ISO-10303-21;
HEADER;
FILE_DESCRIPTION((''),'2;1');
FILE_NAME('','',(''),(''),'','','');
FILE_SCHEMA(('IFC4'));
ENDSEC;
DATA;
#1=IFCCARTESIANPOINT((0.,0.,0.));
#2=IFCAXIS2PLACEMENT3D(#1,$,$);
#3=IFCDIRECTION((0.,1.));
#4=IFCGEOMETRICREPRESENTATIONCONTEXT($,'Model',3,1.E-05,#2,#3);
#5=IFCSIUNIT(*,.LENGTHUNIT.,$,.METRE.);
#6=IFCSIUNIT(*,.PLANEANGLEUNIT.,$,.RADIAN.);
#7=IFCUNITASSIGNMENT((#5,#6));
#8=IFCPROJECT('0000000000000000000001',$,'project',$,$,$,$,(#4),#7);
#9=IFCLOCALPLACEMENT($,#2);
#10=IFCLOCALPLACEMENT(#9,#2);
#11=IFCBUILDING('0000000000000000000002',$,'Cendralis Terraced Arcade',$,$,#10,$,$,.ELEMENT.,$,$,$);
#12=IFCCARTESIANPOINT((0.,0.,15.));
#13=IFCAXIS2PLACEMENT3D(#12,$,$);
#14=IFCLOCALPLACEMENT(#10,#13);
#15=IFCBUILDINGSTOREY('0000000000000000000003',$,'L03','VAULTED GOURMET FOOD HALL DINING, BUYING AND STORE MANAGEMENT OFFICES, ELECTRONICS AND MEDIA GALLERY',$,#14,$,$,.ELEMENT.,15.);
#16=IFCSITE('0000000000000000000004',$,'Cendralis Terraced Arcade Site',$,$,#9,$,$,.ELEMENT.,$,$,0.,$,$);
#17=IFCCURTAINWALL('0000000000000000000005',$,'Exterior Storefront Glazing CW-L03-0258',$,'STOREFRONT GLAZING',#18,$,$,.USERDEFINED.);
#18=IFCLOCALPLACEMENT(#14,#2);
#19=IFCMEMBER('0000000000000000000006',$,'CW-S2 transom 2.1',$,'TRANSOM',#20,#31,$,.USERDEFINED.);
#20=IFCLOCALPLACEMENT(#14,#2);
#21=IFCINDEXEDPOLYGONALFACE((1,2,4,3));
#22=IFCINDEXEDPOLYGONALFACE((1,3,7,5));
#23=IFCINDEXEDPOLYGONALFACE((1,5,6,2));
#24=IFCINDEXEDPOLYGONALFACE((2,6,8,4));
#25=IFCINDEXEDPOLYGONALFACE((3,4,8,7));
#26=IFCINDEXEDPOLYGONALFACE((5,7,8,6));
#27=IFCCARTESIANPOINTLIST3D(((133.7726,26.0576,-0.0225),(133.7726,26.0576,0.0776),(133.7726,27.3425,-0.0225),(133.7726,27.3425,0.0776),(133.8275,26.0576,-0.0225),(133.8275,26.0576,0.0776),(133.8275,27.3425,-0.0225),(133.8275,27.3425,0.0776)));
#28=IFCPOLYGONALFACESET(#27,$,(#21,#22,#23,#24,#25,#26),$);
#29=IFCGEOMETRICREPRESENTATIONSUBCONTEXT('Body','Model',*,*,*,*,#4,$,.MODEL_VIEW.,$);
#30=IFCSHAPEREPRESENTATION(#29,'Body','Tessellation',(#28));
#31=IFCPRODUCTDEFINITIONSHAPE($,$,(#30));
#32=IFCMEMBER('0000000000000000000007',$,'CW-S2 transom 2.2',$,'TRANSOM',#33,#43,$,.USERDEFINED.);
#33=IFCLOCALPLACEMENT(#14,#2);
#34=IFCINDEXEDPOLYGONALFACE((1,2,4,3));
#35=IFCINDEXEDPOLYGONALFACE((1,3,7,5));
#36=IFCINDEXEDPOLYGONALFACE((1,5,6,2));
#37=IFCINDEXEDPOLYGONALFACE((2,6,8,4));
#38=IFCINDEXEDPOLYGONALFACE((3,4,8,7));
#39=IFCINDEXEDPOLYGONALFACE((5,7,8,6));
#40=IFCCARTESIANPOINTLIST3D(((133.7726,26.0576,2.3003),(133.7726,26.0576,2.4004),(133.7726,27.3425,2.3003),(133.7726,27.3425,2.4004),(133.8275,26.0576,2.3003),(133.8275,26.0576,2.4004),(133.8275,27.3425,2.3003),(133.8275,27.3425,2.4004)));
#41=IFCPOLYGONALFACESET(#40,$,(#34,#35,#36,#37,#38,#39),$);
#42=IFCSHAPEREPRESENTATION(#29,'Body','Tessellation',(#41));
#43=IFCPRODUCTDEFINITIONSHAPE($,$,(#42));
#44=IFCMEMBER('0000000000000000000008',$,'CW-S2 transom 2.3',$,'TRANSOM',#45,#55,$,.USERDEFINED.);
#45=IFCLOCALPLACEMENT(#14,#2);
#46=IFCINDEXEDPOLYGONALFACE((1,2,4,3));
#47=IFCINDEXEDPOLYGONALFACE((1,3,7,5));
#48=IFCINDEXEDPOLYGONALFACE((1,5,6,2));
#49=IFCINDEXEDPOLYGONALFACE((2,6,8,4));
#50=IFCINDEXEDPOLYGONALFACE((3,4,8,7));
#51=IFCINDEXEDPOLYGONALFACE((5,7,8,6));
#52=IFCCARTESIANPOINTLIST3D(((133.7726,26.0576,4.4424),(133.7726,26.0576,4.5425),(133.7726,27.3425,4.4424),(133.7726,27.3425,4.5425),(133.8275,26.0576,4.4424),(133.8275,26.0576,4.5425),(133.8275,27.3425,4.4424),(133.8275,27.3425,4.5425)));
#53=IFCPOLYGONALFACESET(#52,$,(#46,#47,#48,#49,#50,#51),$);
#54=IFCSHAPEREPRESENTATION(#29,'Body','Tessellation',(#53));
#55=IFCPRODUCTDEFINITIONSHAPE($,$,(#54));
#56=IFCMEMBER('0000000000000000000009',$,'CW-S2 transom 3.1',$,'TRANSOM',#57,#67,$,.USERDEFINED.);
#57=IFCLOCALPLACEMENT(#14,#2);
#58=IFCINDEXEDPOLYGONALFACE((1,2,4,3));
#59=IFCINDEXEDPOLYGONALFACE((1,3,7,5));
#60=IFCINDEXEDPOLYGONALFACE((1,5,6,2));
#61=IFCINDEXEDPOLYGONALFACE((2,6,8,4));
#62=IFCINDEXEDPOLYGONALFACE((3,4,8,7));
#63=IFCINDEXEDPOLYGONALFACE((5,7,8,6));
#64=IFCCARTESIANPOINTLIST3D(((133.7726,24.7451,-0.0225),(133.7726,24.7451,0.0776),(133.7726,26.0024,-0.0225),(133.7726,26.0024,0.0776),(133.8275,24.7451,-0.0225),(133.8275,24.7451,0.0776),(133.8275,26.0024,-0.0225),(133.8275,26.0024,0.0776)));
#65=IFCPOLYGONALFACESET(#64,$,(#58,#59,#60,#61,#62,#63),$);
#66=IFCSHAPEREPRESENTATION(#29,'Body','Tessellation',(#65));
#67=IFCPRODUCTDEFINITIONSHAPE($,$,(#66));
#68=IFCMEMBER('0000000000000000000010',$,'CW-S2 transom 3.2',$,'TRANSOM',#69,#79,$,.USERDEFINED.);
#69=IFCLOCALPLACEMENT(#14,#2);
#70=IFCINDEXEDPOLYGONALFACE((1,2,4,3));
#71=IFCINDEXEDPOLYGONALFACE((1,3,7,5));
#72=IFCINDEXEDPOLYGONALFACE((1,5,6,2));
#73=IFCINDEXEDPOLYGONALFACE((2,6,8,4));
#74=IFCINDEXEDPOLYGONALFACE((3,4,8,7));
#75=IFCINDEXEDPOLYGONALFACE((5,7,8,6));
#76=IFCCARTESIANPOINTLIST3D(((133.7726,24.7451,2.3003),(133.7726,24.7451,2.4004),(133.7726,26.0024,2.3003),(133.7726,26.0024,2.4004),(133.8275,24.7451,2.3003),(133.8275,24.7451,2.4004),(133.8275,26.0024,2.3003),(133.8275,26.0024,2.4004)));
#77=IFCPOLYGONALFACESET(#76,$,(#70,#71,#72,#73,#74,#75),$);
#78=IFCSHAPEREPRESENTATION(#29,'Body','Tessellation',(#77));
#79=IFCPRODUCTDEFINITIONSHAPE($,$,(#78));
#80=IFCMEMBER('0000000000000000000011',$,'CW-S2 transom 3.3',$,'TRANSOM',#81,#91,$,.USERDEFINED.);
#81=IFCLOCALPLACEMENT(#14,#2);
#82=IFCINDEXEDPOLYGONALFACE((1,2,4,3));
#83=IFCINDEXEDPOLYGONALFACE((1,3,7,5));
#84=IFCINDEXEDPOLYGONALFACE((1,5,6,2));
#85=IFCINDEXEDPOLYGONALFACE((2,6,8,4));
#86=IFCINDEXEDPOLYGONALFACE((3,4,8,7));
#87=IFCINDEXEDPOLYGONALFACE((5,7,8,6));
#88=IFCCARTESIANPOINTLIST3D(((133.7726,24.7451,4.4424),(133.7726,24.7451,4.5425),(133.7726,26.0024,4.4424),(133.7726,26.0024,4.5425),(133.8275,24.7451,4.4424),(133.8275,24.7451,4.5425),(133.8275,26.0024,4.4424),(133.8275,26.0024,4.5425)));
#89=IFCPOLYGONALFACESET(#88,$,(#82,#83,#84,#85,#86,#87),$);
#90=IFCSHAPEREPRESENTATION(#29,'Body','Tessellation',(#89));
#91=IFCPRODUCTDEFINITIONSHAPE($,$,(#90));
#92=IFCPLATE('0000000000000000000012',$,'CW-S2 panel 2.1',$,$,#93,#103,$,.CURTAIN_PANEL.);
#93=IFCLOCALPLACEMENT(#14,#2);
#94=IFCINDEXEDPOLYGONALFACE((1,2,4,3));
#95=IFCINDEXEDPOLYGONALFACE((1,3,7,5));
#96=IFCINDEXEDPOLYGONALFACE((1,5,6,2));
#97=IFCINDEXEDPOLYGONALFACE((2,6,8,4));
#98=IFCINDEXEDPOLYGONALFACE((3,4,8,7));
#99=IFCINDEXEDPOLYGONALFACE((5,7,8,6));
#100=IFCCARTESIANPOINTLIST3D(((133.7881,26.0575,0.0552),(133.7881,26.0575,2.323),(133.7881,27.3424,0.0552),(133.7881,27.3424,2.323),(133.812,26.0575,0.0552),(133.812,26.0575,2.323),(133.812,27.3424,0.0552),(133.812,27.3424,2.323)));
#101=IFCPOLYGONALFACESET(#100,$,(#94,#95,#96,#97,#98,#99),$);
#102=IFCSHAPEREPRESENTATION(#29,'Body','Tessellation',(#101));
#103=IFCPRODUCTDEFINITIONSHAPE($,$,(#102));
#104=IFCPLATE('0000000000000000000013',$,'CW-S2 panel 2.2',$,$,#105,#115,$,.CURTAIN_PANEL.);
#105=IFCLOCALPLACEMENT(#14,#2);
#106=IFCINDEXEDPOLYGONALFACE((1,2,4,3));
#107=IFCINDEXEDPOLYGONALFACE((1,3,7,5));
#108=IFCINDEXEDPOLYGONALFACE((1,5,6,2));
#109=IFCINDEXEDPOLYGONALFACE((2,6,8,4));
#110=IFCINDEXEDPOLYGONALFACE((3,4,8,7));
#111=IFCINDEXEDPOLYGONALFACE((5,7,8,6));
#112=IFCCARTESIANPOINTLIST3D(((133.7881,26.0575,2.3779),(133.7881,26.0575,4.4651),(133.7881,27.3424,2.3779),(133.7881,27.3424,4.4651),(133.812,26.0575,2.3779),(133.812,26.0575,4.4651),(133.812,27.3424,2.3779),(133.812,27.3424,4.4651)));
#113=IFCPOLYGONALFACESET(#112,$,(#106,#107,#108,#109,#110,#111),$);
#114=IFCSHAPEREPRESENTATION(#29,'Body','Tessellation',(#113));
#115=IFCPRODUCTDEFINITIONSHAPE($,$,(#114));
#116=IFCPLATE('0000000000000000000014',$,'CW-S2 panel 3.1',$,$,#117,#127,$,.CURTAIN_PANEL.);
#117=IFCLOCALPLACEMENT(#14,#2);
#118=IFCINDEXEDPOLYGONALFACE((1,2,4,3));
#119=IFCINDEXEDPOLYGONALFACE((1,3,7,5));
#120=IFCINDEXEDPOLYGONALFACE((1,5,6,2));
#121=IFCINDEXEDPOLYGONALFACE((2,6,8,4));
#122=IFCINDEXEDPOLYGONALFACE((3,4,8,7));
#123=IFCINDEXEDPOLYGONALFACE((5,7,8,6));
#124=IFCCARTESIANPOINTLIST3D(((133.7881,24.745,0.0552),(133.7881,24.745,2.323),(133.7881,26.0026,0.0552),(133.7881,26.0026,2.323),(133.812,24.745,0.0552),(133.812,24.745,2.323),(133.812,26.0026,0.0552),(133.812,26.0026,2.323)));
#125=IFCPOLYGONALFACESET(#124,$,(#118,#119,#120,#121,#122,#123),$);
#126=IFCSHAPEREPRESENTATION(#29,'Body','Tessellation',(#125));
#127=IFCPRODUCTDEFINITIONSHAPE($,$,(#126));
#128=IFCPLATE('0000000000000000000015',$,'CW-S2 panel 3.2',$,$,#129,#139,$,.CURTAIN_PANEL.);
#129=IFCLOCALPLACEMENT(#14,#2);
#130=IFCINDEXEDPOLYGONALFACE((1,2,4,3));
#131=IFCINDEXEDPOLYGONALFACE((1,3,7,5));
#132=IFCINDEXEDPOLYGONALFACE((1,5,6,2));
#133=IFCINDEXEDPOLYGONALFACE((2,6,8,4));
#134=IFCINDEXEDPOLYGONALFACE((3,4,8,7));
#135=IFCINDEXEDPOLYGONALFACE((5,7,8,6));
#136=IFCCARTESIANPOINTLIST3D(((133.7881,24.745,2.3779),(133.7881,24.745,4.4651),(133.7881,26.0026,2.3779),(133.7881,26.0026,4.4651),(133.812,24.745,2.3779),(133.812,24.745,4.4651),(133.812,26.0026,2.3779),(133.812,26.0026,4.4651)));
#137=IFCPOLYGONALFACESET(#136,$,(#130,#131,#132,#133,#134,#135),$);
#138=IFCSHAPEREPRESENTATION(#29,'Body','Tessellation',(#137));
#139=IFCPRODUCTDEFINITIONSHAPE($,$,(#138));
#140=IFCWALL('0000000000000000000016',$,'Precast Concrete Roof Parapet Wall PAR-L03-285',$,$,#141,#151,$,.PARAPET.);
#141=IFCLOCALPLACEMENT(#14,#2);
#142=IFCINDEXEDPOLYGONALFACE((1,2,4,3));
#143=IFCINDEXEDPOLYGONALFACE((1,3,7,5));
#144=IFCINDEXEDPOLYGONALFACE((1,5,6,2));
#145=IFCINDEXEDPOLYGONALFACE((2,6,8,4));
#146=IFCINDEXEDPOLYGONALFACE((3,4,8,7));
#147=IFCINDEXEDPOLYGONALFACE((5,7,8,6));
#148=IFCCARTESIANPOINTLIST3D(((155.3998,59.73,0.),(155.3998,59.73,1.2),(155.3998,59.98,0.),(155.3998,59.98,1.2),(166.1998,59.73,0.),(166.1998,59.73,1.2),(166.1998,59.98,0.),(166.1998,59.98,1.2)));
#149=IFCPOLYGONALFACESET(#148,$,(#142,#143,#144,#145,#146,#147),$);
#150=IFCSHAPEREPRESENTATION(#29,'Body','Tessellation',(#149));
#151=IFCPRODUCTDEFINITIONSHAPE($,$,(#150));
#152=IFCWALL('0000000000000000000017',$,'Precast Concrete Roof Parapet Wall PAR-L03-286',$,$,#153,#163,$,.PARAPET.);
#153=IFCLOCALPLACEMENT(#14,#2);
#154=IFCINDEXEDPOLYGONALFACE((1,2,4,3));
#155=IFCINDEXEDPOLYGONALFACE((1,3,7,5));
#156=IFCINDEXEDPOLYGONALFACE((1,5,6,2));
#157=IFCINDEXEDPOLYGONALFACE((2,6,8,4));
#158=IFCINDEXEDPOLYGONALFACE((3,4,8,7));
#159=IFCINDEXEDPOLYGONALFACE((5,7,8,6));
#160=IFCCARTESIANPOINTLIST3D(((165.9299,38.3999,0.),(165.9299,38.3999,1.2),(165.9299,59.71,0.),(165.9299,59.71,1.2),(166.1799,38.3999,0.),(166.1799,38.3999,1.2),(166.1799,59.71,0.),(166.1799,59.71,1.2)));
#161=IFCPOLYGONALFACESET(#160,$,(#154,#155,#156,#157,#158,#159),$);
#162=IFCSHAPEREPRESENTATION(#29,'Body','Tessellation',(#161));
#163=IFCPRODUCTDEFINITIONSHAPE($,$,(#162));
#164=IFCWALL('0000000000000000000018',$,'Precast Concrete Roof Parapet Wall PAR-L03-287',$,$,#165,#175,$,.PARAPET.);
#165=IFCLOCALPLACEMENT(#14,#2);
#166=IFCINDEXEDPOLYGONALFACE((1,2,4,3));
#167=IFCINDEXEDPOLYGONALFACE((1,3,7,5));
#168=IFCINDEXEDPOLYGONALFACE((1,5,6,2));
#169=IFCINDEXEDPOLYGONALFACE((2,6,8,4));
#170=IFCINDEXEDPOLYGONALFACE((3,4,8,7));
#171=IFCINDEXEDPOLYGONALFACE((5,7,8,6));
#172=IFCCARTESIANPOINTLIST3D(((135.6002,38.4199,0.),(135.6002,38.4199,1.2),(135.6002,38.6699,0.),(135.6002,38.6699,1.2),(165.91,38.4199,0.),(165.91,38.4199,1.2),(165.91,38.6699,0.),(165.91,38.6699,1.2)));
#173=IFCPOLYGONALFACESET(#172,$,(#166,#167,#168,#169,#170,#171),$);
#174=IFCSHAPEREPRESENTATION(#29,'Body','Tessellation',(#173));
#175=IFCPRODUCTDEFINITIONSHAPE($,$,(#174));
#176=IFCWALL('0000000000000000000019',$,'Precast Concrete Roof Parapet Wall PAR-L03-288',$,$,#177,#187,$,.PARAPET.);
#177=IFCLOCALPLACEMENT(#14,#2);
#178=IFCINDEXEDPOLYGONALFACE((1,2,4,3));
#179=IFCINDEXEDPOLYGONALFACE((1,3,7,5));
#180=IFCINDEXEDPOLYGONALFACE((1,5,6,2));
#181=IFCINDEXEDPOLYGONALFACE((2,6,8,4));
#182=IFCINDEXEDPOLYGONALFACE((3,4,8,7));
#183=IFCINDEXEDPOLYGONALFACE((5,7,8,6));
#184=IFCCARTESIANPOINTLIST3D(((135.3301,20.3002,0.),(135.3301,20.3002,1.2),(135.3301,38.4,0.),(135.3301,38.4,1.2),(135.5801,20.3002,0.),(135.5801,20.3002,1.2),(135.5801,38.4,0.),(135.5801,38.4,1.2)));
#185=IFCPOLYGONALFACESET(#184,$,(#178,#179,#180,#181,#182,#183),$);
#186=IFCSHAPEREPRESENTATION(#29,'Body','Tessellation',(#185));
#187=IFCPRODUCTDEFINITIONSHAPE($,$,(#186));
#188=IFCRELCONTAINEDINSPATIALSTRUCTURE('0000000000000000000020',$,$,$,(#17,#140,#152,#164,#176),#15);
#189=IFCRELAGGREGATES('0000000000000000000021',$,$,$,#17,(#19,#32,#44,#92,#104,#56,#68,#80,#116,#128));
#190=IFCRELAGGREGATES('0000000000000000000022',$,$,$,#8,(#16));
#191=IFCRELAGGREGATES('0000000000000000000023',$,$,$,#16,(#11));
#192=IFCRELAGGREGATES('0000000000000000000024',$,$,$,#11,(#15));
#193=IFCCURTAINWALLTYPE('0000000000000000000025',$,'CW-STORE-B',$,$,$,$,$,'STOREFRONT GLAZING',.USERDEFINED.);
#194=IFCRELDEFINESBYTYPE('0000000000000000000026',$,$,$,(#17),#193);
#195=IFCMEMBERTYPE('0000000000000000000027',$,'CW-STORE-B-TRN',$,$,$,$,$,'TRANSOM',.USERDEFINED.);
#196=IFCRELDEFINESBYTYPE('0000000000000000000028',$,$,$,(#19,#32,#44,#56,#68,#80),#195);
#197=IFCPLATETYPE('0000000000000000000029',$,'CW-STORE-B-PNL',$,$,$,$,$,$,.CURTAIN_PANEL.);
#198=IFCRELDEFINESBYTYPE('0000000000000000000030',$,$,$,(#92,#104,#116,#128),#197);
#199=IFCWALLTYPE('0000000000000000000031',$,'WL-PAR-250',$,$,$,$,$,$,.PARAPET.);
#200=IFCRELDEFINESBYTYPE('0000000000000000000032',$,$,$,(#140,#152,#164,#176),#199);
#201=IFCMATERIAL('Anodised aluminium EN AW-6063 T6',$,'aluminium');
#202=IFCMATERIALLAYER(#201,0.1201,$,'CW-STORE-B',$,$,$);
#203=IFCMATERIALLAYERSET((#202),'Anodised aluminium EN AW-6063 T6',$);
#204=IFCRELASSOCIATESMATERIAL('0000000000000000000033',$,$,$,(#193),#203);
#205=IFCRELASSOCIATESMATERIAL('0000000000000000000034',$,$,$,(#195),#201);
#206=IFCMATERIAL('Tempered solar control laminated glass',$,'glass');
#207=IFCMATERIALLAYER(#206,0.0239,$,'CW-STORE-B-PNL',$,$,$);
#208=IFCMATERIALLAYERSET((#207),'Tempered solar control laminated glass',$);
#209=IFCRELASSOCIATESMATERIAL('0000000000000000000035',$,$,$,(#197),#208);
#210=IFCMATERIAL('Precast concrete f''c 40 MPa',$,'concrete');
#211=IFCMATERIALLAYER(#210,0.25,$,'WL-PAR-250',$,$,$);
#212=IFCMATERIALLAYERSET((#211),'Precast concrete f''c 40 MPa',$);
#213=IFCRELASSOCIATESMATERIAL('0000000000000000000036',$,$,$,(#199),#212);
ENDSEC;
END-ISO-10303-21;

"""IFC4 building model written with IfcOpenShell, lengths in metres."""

from ifc_helpers import new_model, si_unit, direction, frame, frame_2d, origin, origin_2d, place, context, subcontext, project, spatial, rectangle, extrude, material, layer, layer_set, material_profile, profile_set, type_object, element, aggregate, save


model = new_model("IFC4")

# Units and contexts
model_context = context("Model", 3, precision=1e-05, world=origin(), true_north=direction((0.0, 1.0)))
body_context = subcontext(model_context, "Body", "Model", "MODEL_VIEW")
ifc_project = project(units=[si_unit("LENGTHUNIT", "METRE"), si_unit("PLANEANGLEUNIT", "RADIAN")], contexts=[model_context])

# Site, building, storey
site_placement = place(None, origin())
site = spatial("IfcSite", under=ifc_project, at=site_placement, Name="Cendralis Terraced Arcade Site", CompositionType="ELEMENT", RefElevation=0.0)
building_placement = place(site_placement, origin())
building = spatial("IfcBuilding", under=site, at=building_placement, Name="Cendralis Terraced Arcade", CompositionType="ELEMENT")
storey_placement = place(building_placement, frame((0.0, 0.0, 15.0)))
storey = spatial("IfcBuildingStorey", under=building, at=storey_placement, Name="L03", Description="VAULTED GOURMET FOOD HALL DINING, BUYING AND STORE MANAGEMENT OFFICES, ELECTRONICS AND MEDIA GALLERY", CompositionType="ELEMENT", Elevation=15.0)

# Curtain wall, members, plates
ifc_material_1 = material(Name="Anodised aluminium EN AW-6063 T6", Category="aluminium")
ifc_layer_1 = layer(ifc_material_1, 0.1201, Name="CW-STORE-B")
ifc_layer_set_1 = layer_set([ifc_layer_1], Name="Anodised aluminium EN AW-6063 T6")
curtain_wall_type = type_object("IfcCurtainWallType", Name="CW-STORE-B", ElementType="STOREFRONT GLAZING", PredefinedType="USERDEFINED", material=ifc_layer_set_1)
curtain_wall_placement = place(storey_placement, origin())
curtain_wall = element("IfcCurtainWall", 1, at=curtain_wall_placement, inside=storey, type_object=curtain_wall_type, Name="Exterior Storefront Glazing CW-L03-0258", ObjectType="STOREFRONT GLAZING", PredefinedType="USERDEFINED")
ifc_material_profile = material_profile(ifc_material_1, rectangle(XDim=0.0549, YDim=0.1001, at=origin_2d()), Name="ALU-TRN-55x100")
ifc_profile_set = profile_set([ifc_material_profile], Name="Anodised aluminium EN AW-6063 T6")
member_type = type_object("IfcMemberType", Name="CW-STORE-B-TRN", ElementType="TRANSOM", PredefinedType="USERDEFINED", material=ifc_profile_set)
member_1_placement = place(storey_placement, frame((133.8, 27.3425, 0.0276), z_axis=(0.0, -1.0, 0.0), x_axis=(1.0, 0.0, 0.0)))
member_1 = element("IfcMember", 2, at=member_1_placement, type_object=member_type, Name="CW-S2 transom 2.1", ObjectType="TRANSOM", PredefinedType="USERDEFINED", context=body_context, shape_type="SweptSolid", body=[
    extrude(rectangle(XDim=0.0549, YDim=0.1001, at=origin_2d()), origin(), (0.0, 0.0, 1.0), 1.2849),
])
member_2_placement = place(storey_placement, frame((133.8, 27.3425, 2.3503), z_axis=(0.0, -1.0, 0.0), x_axis=(1.0, 0.0, 0.0)))
member_2 = element("IfcMember", 3, at=member_2_placement, type_object=member_type, Name="CW-S2 transom 2.2", ObjectType="TRANSOM", PredefinedType="USERDEFINED", context=body_context, shape_type="SweptSolid", body=[
    extrude(rectangle(XDim=0.0549, YDim=0.1001, at=origin_2d()), origin(), (0.0, 0.0, 1.0), 1.2849),
])
member_3_placement = place(storey_placement, frame((133.8, 27.3425, 4.4924), z_axis=(0.0, -1.0, 0.0), x_axis=(1.0, 0.0, 0.0)))
member_3 = element("IfcMember", 4, at=member_3_placement, type_object=member_type, Name="CW-S2 transom 2.3", ObjectType="TRANSOM", PredefinedType="USERDEFINED", context=body_context, shape_type="SweptSolid", body=[
    extrude(rectangle(XDim=0.0549, YDim=0.1001, at=origin_2d()), origin(), (0.0, 0.0, 1.0), 1.2849),
])
member_4_placement = place(storey_placement, frame((133.8, 26.0024, 0.0276), z_axis=(0.0, -1.0, 0.0), x_axis=(1.0, 0.0, 0.0)))
member_4 = element("IfcMember", 5, at=member_4_placement, type_object=member_type, Name="CW-S2 transom 3.1", ObjectType="TRANSOM", PredefinedType="USERDEFINED", context=body_context, shape_type="SweptSolid", body=[
    extrude(rectangle(XDim=0.0549, YDim=0.1001, at=origin_2d()), origin(), (0.0, 0.0, 1.0), 1.2573),
])
member_5_placement = place(storey_placement, frame((133.8, 26.0024, 2.3503), z_axis=(0.0, -1.0, 0.0), x_axis=(1.0, 0.0, 0.0)))
member_5 = element("IfcMember", 6, at=member_5_placement, type_object=member_type, Name="CW-S2 transom 3.2", ObjectType="TRANSOM", PredefinedType="USERDEFINED", context=body_context, shape_type="SweptSolid", body=[
    extrude(rectangle(XDim=0.0549, YDim=0.1001, at=origin_2d()), origin(), (0.0, 0.0, 1.0), 1.2573),
])
member_6_placement = place(storey_placement, frame((133.8, 26.0024, 4.4924), z_axis=(0.0, -1.0, 0.0), x_axis=(1.0, 0.0, 0.0)))
member_6 = element("IfcMember", 7, at=member_6_placement, type_object=member_type, Name="CW-S2 transom 3.3", ObjectType="TRANSOM", PredefinedType="USERDEFINED", context=body_context, shape_type="SweptSolid", body=[
    extrude(rectangle(XDim=0.0549, YDim=0.1001, at=origin_2d()), origin(), (0.0, 0.0, 1.0), 1.2573),
])
ifc_material_2 = material(Name="Tempered solar control laminated glass", Category="glass")
ifc_layer_2 = layer(ifc_material_2, 0.0239, Name="CW-STORE-B-PNL")
ifc_layer_set_2 = layer_set([ifc_layer_2], Name="Tempered solar control laminated glass")
plate_type = type_object("IfcPlateType", Name="CW-STORE-B-PNL", PredefinedType="CURTAIN_PANEL", material=ifc_layer_set_2)
plate_1_placement = place(storey_placement, frame((133.8, 26.7, 0.0552), z_axis=(0.0, 0.0, 1.0), x_axis=(0.0, -1.0, 0.0)))
plate_1 = element("IfcPlate", 8, at=plate_1_placement, type_object=plate_type, Name="CW-S2 panel 2.1", PredefinedType="CURTAIN_PANEL", context=body_context, shape_type="SweptSolid", body=[
    extrude(rectangle(XDim=1.2849, YDim=0.0239, at=origin_2d()), origin(), (0.0, 0.0, 1.0), 2.2678),
])
plate_2_placement = place(storey_placement, frame((133.8, 26.7, 2.3779), z_axis=(0.0, 0.0, 1.0), x_axis=(0.0, -1.0, 0.0)))
plate_2 = element("IfcPlate", 9, at=plate_2_placement, type_object=plate_type, Name="CW-S2 panel 2.2", PredefinedType="CURTAIN_PANEL", context=body_context, shape_type="SweptSolid", body=[
    extrude(rectangle(XDim=1.2849, YDim=0.0239, at=origin_2d()), origin(), (0.0, 0.0, 1.0), 2.0872),
])
plate_3_placement = place(storey_placement, frame((133.8, 25.3738, 0.0552), z_axis=(0.0, 0.0, 1.0), x_axis=(0.0, -1.0, 0.0)))
plate_3 = element("IfcPlate", 10, at=plate_3_placement, type_object=plate_type, Name="CW-S2 panel 3.1", PredefinedType="CURTAIN_PANEL", context=body_context, shape_type="SweptSolid", body=[
    extrude(rectangle(XDim=1.2576, YDim=0.0239, at=origin_2d()), origin(), (0.0, 0.0, 1.0), 2.2678),
])
plate_4_placement = place(storey_placement, frame((133.8, 25.3738, 2.3779), z_axis=(0.0, 0.0, 1.0), x_axis=(0.0, -1.0, 0.0)))
plate_4 = element("IfcPlate", 11, at=plate_4_placement, type_object=plate_type, Name="CW-S2 panel 3.2", PredefinedType="CURTAIN_PANEL", context=body_context, shape_type="SweptSolid", body=[
    extrude(rectangle(XDim=1.2576, YDim=0.0239, at=origin_2d()), origin(), (0.0, 0.0, 1.0), 2.0872),
])
aggregate(curtain_wall, [member_1, member_2, member_3, plate_1, plate_2, member_4, member_5, member_6, plate_3, plate_4])

# Walls
ifc_material_3 = material(Name="Precast concrete f'c 40 MPa", Category="concrete")
ifc_layer_3 = layer(ifc_material_3, 0.25, Name="WL-PAR-250")
ifc_layer_set_3 = layer_set([ifc_layer_3], Name="Precast concrete f'c 40 MPa")
wall_type = type_object("IfcWallType", Name="WL-PAR-250", PredefinedType="PARAPET", material=ifc_layer_set_3)
wall_1_placement = place(storey_placement, frame((155.3999, 59.855, 0.0), z_axis=(0.0, 0.0, 1.0), x_axis=(1.0, 0.0, 0.0)))
element("IfcWall", 12, at=wall_1_placement, inside=storey, type_object=wall_type, Name="Precast Concrete Roof Parapet Wall PAR-L03-285", PredefinedType="PARAPET", context=body_context, shape_type="SweptSolid", body=[
    extrude(rectangle(XDim=10.8, YDim=0.25, at=frame_2d((5.3999, 0.0))), origin(), (0.0, 0.0, 1.0), 1.2),
])
wall_2_placement = place(storey_placement, frame((166.0549, 59.71, 0.0), z_axis=(0.0, 0.0, 1.0), x_axis=(0.0, -1.0, 0.0)))
element("IfcWall", 13, at=wall_2_placement, inside=storey, type_object=wall_type, Name="Precast Concrete Roof Parapet Wall PAR-L03-286", PredefinedType="PARAPET", context=body_context, shape_type="SweptSolid", body=[
    extrude(rectangle(XDim=21.3101, YDim=0.25, at=frame_2d((10.655, 0.0))), origin(), (0.0, 0.0, 1.0), 1.2),
])
wall_3_placement = place(storey_placement, frame((165.9099, 38.5449, 0.0), z_axis=(0.0, 0.0, 1.0), x_axis=(-1.0, 0.0, 0.0)))
element("IfcWall", 14, at=wall_3_placement, inside=storey, type_object=wall_type, Name="Precast Concrete Roof Parapet Wall PAR-L03-287", PredefinedType="PARAPET", context=body_context, shape_type="SweptSolid", body=[
    extrude(rectangle(XDim=30.3098, YDim=0.25, at=frame_2d((15.1548, 0.0))), origin(), (0.0, 0.0, 1.0), 1.2),
])
wall_4_placement = place(storey_placement, frame((135.4551, 38.3999, 0.0), z_axis=(0.0, 0.0, 1.0), x_axis=(0.0, -1.0, 0.0)))
element("IfcWall", 15, at=wall_4_placement, inside=storey, type_object=wall_type, Name="Precast Concrete Roof Parapet Wall PAR-L03-288", PredefinedType="PARAPET", context=body_context, shape_type="SweptSolid", body=[
    extrude(rectangle(XDim=18.0999, YDim=0.25, at=frame_2d((9.0498, 0.0))), origin(), (0.0, 0.0, 1.0), 1.2),
])

save(model, "model.ifc")
